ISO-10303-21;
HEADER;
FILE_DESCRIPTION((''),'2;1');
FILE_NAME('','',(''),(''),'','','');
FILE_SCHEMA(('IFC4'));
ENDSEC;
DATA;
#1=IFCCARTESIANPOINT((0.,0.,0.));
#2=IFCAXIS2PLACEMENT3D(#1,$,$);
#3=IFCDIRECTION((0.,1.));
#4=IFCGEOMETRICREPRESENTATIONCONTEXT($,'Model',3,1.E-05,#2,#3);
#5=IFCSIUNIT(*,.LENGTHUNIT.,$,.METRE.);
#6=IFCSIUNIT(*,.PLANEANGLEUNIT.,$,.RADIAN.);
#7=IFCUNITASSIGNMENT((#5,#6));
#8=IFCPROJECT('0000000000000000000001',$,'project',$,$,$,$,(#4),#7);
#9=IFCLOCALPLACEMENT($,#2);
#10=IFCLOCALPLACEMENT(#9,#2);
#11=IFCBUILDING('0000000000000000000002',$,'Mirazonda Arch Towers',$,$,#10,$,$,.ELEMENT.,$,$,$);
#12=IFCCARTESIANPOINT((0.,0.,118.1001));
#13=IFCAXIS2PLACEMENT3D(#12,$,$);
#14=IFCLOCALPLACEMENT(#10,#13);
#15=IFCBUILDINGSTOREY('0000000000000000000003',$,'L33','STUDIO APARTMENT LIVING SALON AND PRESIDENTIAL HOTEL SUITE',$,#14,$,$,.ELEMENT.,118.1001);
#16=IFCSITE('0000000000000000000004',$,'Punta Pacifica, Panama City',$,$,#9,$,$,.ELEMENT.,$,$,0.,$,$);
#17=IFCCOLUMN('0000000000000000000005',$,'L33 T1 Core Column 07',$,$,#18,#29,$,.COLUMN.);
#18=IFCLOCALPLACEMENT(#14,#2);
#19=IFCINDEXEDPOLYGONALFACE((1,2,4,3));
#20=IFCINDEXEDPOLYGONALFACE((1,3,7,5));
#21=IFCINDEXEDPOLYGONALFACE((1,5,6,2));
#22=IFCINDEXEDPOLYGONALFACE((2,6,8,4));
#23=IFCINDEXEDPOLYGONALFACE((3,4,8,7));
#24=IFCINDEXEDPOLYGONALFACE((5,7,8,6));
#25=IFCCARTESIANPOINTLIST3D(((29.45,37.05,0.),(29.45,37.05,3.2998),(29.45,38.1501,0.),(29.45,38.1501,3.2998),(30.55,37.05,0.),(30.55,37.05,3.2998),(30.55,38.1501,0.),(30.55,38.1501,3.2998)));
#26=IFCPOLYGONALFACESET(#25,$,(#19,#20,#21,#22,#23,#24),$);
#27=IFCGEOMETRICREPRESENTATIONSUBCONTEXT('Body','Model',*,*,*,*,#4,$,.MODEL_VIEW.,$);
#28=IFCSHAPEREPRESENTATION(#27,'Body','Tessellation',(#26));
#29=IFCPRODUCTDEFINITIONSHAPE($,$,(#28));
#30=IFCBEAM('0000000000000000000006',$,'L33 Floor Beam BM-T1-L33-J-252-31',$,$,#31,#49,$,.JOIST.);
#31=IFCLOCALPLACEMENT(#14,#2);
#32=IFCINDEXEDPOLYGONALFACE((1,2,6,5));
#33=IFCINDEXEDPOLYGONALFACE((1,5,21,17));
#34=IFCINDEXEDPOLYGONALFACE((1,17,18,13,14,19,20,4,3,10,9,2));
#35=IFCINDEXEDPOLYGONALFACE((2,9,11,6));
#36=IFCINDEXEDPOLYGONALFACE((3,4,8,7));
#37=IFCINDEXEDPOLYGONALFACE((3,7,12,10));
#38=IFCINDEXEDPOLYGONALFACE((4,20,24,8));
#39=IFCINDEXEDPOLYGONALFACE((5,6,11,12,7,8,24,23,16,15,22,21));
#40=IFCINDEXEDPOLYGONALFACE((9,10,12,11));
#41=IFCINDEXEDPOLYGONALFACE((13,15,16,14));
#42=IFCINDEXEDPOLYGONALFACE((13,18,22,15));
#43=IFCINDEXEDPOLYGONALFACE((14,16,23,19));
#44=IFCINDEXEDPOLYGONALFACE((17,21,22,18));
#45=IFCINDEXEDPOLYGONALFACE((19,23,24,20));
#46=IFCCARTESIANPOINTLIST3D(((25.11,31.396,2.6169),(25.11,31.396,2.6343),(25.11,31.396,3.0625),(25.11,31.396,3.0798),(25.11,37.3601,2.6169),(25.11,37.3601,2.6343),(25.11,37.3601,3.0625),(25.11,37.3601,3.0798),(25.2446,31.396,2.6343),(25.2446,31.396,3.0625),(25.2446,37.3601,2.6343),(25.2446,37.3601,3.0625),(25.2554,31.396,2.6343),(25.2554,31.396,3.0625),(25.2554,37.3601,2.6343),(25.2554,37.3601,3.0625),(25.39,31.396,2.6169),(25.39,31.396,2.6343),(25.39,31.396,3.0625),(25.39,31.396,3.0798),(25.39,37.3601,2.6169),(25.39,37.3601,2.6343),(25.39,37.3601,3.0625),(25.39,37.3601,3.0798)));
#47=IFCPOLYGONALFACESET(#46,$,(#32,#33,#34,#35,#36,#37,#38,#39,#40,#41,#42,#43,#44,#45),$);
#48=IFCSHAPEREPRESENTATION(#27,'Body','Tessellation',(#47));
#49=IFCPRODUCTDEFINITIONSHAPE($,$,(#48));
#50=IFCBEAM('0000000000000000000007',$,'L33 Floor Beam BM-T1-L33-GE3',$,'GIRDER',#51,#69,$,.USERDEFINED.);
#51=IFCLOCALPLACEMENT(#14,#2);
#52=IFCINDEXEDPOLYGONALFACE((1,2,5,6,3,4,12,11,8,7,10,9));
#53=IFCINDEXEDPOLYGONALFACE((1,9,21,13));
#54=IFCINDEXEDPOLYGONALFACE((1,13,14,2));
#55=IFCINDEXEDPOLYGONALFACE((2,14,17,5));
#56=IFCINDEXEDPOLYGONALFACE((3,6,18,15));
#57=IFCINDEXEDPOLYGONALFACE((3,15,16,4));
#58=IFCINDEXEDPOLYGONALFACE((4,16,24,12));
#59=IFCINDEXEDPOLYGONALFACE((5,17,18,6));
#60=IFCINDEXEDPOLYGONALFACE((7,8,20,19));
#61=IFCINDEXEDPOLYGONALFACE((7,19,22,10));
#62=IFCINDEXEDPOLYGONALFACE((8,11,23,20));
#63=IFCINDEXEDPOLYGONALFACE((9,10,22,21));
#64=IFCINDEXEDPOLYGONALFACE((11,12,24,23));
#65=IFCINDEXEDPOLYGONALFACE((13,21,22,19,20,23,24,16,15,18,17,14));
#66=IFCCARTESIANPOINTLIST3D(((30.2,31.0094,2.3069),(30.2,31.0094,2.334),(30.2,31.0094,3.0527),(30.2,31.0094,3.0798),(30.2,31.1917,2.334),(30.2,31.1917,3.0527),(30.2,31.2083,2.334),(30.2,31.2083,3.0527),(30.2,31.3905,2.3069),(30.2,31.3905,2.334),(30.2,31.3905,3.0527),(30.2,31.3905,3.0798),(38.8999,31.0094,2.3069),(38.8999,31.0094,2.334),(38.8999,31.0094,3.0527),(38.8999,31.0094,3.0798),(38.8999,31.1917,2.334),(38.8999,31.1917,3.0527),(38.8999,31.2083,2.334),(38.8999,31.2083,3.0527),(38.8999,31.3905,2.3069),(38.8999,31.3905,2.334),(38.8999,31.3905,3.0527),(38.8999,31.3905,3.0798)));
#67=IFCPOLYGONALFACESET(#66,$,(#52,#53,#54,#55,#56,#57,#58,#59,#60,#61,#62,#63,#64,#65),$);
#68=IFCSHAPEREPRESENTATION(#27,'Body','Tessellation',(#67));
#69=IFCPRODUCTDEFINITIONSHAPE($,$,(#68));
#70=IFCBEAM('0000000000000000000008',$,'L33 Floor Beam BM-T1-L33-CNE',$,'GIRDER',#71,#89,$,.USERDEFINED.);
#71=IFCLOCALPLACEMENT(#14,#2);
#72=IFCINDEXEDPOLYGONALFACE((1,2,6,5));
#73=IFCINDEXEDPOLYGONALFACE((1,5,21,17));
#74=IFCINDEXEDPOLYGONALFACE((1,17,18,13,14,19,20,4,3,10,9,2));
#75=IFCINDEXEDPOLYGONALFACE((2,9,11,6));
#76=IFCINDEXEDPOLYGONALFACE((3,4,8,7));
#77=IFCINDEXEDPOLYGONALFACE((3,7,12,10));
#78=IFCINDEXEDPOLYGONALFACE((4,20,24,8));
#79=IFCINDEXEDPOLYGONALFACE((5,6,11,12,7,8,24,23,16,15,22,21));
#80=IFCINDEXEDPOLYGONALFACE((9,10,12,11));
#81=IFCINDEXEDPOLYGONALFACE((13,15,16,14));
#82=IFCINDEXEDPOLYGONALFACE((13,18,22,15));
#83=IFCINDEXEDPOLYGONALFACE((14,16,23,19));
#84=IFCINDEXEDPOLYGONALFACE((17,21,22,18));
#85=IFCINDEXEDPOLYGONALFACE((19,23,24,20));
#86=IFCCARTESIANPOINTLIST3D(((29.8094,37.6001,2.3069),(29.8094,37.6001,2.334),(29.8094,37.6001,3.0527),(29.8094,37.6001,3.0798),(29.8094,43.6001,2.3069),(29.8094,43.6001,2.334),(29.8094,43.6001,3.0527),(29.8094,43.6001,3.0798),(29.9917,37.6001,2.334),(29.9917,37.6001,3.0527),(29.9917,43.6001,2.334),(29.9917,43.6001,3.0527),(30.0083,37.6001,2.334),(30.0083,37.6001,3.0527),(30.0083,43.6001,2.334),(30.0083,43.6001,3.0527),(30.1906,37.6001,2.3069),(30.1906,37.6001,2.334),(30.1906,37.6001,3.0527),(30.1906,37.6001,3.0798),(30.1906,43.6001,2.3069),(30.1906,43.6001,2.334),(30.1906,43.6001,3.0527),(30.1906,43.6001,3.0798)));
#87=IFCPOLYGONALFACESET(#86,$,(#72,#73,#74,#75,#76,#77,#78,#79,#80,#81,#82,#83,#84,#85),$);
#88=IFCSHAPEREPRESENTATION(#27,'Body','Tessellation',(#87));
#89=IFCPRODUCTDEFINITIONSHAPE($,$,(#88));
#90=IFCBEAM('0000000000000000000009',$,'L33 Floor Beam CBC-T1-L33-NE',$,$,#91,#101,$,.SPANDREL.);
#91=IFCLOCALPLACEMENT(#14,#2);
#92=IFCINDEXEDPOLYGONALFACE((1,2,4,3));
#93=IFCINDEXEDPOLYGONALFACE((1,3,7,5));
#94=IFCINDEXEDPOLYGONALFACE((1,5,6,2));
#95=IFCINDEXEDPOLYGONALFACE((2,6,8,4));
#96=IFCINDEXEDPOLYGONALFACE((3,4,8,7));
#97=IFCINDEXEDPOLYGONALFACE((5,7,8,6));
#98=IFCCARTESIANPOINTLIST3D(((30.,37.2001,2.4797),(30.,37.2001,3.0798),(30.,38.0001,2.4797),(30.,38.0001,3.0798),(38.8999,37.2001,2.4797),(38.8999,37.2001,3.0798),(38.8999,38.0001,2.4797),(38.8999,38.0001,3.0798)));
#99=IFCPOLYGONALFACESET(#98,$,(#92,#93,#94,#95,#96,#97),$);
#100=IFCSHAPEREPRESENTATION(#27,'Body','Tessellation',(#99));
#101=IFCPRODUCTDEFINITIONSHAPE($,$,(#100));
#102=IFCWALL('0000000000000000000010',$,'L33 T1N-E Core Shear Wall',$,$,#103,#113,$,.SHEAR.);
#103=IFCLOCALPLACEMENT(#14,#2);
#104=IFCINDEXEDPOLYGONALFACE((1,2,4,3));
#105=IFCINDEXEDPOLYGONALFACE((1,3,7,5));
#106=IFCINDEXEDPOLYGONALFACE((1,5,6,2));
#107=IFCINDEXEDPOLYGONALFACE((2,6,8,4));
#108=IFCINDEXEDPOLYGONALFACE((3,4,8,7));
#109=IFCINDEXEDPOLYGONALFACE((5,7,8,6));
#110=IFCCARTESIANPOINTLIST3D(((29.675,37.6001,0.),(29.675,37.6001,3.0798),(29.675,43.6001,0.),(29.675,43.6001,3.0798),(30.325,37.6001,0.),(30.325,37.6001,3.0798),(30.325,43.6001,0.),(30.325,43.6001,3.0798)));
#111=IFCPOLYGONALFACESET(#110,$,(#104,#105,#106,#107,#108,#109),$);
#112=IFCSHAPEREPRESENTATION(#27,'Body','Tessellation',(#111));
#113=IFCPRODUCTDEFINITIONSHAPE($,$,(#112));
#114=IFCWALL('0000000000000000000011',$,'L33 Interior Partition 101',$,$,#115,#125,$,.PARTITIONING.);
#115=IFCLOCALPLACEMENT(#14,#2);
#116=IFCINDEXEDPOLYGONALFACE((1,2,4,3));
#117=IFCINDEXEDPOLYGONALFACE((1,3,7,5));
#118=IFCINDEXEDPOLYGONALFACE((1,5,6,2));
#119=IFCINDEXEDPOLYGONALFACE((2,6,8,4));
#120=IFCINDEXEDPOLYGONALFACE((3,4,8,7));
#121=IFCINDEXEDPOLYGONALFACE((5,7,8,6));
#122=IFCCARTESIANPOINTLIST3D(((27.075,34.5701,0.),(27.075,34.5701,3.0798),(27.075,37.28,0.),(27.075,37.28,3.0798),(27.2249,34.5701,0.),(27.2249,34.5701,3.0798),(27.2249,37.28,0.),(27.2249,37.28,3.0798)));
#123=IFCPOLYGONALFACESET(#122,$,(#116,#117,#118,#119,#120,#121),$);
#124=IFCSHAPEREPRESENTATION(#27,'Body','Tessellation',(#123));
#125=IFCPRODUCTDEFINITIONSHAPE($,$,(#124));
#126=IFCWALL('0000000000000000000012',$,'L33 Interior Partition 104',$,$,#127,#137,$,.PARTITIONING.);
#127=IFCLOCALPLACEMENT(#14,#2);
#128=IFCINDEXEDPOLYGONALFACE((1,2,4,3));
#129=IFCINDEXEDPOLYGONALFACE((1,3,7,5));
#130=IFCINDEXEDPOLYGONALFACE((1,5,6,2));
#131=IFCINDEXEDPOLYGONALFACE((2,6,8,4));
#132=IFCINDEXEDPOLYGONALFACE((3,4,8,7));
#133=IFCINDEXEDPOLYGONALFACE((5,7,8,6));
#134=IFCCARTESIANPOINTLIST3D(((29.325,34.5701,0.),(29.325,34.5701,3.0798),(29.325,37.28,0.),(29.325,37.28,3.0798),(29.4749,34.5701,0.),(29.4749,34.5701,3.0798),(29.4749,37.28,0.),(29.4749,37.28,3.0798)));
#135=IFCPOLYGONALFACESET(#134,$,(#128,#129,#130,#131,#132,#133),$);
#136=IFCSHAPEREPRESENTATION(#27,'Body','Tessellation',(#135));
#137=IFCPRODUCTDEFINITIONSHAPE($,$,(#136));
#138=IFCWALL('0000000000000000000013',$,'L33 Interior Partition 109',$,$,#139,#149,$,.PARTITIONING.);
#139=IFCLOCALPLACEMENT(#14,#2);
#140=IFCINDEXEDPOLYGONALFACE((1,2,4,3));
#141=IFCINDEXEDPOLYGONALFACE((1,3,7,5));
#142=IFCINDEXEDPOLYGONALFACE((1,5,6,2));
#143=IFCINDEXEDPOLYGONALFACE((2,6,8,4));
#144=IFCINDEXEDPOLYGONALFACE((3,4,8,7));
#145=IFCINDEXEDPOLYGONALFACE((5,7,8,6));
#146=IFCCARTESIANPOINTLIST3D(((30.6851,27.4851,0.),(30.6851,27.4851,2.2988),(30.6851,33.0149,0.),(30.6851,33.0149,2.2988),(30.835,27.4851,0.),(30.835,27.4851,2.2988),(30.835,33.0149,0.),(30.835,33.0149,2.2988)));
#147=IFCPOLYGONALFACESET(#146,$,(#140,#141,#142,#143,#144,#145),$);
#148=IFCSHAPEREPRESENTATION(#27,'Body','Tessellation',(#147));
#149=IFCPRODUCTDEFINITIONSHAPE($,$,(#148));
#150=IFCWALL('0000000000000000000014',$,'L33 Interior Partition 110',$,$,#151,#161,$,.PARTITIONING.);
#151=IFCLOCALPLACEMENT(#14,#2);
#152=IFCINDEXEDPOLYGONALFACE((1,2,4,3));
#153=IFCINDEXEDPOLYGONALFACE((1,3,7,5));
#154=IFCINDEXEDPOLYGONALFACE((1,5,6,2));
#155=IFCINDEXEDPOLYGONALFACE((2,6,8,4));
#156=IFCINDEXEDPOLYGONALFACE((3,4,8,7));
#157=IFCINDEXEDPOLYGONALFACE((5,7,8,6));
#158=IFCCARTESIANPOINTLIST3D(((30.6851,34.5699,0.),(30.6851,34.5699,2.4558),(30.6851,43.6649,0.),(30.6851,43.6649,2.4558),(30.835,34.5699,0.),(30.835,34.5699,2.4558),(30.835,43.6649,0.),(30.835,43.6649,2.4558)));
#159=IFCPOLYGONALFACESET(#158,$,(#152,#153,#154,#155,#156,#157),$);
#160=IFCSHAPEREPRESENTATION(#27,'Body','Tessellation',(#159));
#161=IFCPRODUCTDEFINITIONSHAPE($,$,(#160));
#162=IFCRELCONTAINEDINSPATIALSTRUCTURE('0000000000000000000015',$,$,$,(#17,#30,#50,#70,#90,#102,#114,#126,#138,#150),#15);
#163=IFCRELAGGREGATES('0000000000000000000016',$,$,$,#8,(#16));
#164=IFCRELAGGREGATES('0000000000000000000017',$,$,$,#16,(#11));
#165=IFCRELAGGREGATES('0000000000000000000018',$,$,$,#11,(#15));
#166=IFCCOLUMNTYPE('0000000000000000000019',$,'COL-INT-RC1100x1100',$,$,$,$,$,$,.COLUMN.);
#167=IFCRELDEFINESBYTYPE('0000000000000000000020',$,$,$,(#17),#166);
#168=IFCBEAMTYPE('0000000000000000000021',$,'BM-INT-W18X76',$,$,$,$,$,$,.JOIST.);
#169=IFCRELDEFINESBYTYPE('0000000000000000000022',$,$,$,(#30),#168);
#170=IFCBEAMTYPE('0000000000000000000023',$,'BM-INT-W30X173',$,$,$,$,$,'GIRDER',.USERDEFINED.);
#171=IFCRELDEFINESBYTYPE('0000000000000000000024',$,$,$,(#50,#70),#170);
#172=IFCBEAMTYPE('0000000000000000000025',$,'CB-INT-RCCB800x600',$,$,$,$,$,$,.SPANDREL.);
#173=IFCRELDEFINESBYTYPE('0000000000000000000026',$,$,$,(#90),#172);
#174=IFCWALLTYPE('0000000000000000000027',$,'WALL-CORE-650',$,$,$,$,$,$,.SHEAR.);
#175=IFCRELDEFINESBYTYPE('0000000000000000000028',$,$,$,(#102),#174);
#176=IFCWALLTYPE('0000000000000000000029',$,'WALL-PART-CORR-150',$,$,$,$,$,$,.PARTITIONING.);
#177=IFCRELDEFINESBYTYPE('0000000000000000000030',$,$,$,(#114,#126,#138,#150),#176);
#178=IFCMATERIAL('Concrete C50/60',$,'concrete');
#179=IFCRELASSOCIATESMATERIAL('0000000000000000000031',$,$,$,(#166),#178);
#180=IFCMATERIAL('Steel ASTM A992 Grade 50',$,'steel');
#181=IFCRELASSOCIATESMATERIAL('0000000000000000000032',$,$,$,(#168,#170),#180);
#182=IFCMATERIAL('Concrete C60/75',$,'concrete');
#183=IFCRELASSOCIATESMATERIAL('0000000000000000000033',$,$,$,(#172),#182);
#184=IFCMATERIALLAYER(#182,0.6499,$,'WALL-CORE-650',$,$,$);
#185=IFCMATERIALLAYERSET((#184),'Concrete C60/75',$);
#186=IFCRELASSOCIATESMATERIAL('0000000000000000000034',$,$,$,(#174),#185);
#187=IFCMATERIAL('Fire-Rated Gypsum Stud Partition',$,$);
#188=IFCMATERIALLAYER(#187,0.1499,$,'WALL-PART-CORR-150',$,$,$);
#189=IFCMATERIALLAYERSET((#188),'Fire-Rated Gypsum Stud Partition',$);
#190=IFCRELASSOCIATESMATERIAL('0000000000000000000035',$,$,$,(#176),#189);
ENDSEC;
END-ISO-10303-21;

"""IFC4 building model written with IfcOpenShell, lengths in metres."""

from ifc_helpers import new_model, si_unit, direction, frame, frame_2d, origin, origin_2d, place, context, subcontext, project, spatial, rectangle, i_section, extrude, material, layer, layer_set, material_profile, profile_set, type_object, element, save


model = new_model("IFC4")

# Units and contexts
model_context = context("Model", 3, precision=1e-05, world=origin(), true_north=direction((0.0, 1.0)))
body_context = subcontext(model_context, "Body", "Model", "MODEL_VIEW")
ifc_project = project(units=[si_unit("LENGTHUNIT", "METRE"), si_unit("PLANEANGLEUNIT", "RADIAN")], contexts=[model_context])

# Site, building, storey
site_placement = place(None, origin())
site = spatial("IfcSite", under=ifc_project, at=site_placement, Name="Punta Pacifica, Panama City", CompositionType="ELEMENT", RefElevation=0.0)
building_placement = place(site_placement, origin())
building = spatial("IfcBuilding", under=site, at=building_placement, Name="Mirazonda Arch Towers", CompositionType="ELEMENT")
storey_placement = place(building_placement, frame((0.0, 0.0, 118.1001)))
storey = spatial("IfcBuildingStorey", under=building, at=storey_placement, Name="L33", Description="STUDIO APARTMENT LIVING SALON AND PRESIDENTIAL HOTEL SUITE", CompositionType="ELEMENT", Elevation=118.1001)

# Column
ifc_material_1 = material(Name="Concrete C50/60", Category="concrete")
ifc_material_profile_1 = material_profile(ifc_material_1, rectangle(XDim=1.1001, YDim=1.1001, at=origin_2d()), Name="RC1100x1100")
ifc_profile_set_1 = profile_set([ifc_material_profile_1], Name="Concrete C50/60")
column_type = type_object("IfcColumnType", Name="COL-INT-RC1100x1100", PredefinedType="COLUMN", material=ifc_profile_set_1)
column_placement = place(storey_placement, frame((30.0, 37.6001, 0.0), z_axis=(0.0, 0.0, 1.0), x_axis=(1.0, 0.0, 0.0)))
element("IfcColumn", 1, at=column_placement, inside=storey, type_object=column_type, Name="L33 T1 Core Column 07", PredefinedType="COLUMN", context=body_context, shape_type="SweptSolid", body=[
    extrude(rectangle(XDim=1.1001, YDim=1.1001, at=origin_2d()), origin(), (0.0, 0.0, 1.0), 3.2998),
])

# Beams
ifc_material_2 = material(Name="Steel ASTM A992 Grade 50", Category="steel")
ifc_material_profile_2 = material_profile(ifc_material_2, i_section(OverallWidth=0.28, OverallDepth=0.4629, WebThickness=0.0107, FlangeThickness=0.0173, at=origin_2d()), Name="W18X76")
ifc_profile_set_2 = profile_set([ifc_material_profile_2], Name="Steel ASTM A992 Grade 50")
beam_type_1 = type_object("IfcBeamType", Name="BM-INT-W18X76", PredefinedType="JOIST", material=ifc_profile_set_2)
beam_1_placement = place(storey_placement, frame((25.25, 31.396, 2.8484), z_axis=(0.0, 1.0, 0.0), x_axis=(-1.0, 0.0, 0.0)))
element("IfcBeam", 2, at=beam_1_placement, inside=storey, type_object=beam_type_1, Name="L33 Floor Beam BM-T1-L33-J-252-31", PredefinedType="JOIST", context=body_context, shape_type="SweptSolid", body=[
    extrude(i_section(OverallWidth=0.28, OverallDepth=0.4629, WebThickness=0.0107, FlangeThickness=0.0173, at=origin_2d()), origin(), (0.0, 0.0, 1.0), 5.9641),
])
ifc_material_profile_3 = material_profile(ifc_material_2, i_section(OverallWidth=0.3811, OverallDepth=0.7729, WebThickness=0.0166, FlangeThickness=0.0271, at=origin_2d()), Name="W30X173")
ifc_profile_set_3 = profile_set([ifc_material_profile_3], Name="Steel ASTM A992 Grade 50")
beam_type_2 = type_object("IfcBeamType", Name="BM-INT-W30X173", ElementType="GIRDER", PredefinedType="USERDEFINED", material=ifc_profile_set_3)
beam_2_placement = place(storey_placement, frame((30.2, 31.2, 2.6934), z_axis=(1.0, 0.0, 0.0), x_axis=(0.0, 1.0, 0.0)))
element("IfcBeam", 3, at=beam_2_placement, inside=storey, type_object=beam_type_2, Name="L33 Floor Beam BM-T1-L33-GE3", ObjectType="GIRDER", PredefinedType="USERDEFINED", context=body_context, shape_type="SweptSolid", body=[
    extrude(i_section(OverallWidth=0.3811, OverallDepth=0.7729, WebThickness=0.0166, FlangeThickness=0.0271, at=origin_2d()), origin(), (0.0, 0.0, 1.0), 8.7),
])
beam_3_placement = place(storey_placement, frame((30.0, 37.6001, 2.6934), z_axis=(0.0, 1.0, 0.0), x_axis=(-1.0, 0.0, 0.0)))
element("IfcBeam", 4, at=beam_3_placement, inside=storey, type_object=beam_type_2, Name="L33 Floor Beam BM-T1-L33-CNE", ObjectType="GIRDER", PredefinedType="USERDEFINED", context=body_context, shape_type="SweptSolid", body=[
    extrude(i_section(OverallWidth=0.3811, OverallDepth=0.7729, WebThickness=0.0166, FlangeThickness=0.0271, at=origin_2d()), origin(), (0.0, 0.0, 1.0), 6.0),
])
ifc_material_3 = material(Name="Concrete C60/75", Category="concrete")
ifc_material_profile_4 = material_profile(ifc_material_3, rectangle(XDim=0.8, YDim=0.6001, at=origin_2d()), Name="RCCB800x600")
ifc_profile_set_4 = profile_set([ifc_material_profile_4], Name="Concrete C60/75")
beam_type_3 = type_object("IfcBeamType", Name="CB-INT-RCCB800x600", PredefinedType="SPANDREL", material=ifc_profile_set_4)
beam_4_placement = place(storey_placement, frame((30.0, 37.6001, 2.7798), z_axis=(1.0, 0.0, 0.0), x_axis=(0.0, 1.0, 0.0)))
element("IfcBeam", 5, at=beam_4_placement, inside=storey, type_object=beam_type_3, Name="L33 Floor Beam CBC-T1-L33-NE", PredefinedType="SPANDREL", context=body_context, shape_type="SweptSolid", body=[
    extrude(rectangle(XDim=0.8, YDim=0.6001, at=origin_2d()), origin(), (0.0, 0.0, 1.0), 8.8999),
])

# Walls
ifc_layer_1 = layer(ifc_material_3, 0.6499, Name="WALL-CORE-650")
ifc_layer_set_1 = layer_set([ifc_layer_1], Name="Concrete C60/75")
wall_type_1 = type_object("IfcWallType", Name="WALL-CORE-650", PredefinedType="SHEAR", material=ifc_layer_set_1)
wall_1_placement = place(storey_placement, frame((30.0, 37.6001, 0.0), z_axis=(0.0, 0.0, 1.0), x_axis=(0.0, 1.0, 0.0)))
element("IfcWall", 6, at=wall_1_placement, inside=storey, type_object=wall_type_1, Name="L33 T1N-E Core Shear Wall", PredefinedType="SHEAR", context=body_context, shape_type="SweptSolid", body=[
    extrude(rectangle(XDim=6.0, YDim=0.6499, at=frame_2d((3.0, 0.0))), origin(), (0.0, 0.0, 1.0), 3.0798),
])
ifc_material_4 = material(Name="Fire-Rated Gypsum Stud Partition")
ifc_layer_2 = layer(ifc_material_4, 0.1499, Name="WALL-PART-CORR-150")
ifc_layer_set_2 = layer_set([ifc_layer_2], Name="Fire-Rated Gypsum Stud Partition")
wall_type_2 = type_object("IfcWallType", Name="WALL-PART-CORR-150", PredefinedType="PARTITIONING", material=ifc_layer_set_2)
for number, where, z_axis, x_axis, name in (
    (7, (27.1499, 34.5701, 0.0), (0.0, 0.0, 1.0), (0.0, 1.0, 0.0), "L33 Interior Partition 101"),
    (8, (29.3999, 34.5701, 0.0), (0.0, 0.0, 1.0), (0.0, 1.0, 0.0), "L33 Interior Partition 104"),
):
    element("IfcWall", number, at=place(storey_placement, frame(where, z_axis=z_axis, x_axis=x_axis)), inside=storey, type_object=wall_type_2, Name=name, PredefinedType="PARTITIONING", context=body_context, shape_type="SweptSolid", body=[
        extrude(rectangle(XDim=2.71, YDim=0.1499, at=frame_2d((1.355, 0.0))), origin(), (0.0, 0.0, 1.0), 3.0798),
    ])
wall_2_placement = place(storey_placement, frame((30.76, 27.4851, 0.0), z_axis=(0.0, 0.0, 1.0), x_axis=(0.0, 1.0, 0.0)))
element("IfcWall", 9, at=wall_2_placement, inside=storey, type_object=wall_type_2, Name="L33 Interior Partition 109", PredefinedType="PARTITIONING", context=body_context, shape_type="SweptSolid", body=[
    extrude(rectangle(XDim=5.5298, YDim=0.1499, at=frame_2d((2.7649, 0.0))), origin(), (0.0, 0.0, 1.0), 2.2988),
])
wall_3_placement = place(storey_placement, frame((30.76, 34.5701, 0.0), z_axis=(0.0, 0.0, 1.0), x_axis=(0.0, 1.0, 0.0)))
element("IfcWall", 10, at=wall_3_placement, inside=storey, type_object=wall_type_2, Name="L33 Interior Partition 110", PredefinedType="PARTITIONING", context=body_context, shape_type="SweptSolid", body=[
    extrude(rectangle(XDim=9.095, YDim=0.1499, at=frame_2d((4.5474, 0.0))), origin(), (0.0, 0.0, 1.0), 2.4558),
])

save(model, "model.ifc")
